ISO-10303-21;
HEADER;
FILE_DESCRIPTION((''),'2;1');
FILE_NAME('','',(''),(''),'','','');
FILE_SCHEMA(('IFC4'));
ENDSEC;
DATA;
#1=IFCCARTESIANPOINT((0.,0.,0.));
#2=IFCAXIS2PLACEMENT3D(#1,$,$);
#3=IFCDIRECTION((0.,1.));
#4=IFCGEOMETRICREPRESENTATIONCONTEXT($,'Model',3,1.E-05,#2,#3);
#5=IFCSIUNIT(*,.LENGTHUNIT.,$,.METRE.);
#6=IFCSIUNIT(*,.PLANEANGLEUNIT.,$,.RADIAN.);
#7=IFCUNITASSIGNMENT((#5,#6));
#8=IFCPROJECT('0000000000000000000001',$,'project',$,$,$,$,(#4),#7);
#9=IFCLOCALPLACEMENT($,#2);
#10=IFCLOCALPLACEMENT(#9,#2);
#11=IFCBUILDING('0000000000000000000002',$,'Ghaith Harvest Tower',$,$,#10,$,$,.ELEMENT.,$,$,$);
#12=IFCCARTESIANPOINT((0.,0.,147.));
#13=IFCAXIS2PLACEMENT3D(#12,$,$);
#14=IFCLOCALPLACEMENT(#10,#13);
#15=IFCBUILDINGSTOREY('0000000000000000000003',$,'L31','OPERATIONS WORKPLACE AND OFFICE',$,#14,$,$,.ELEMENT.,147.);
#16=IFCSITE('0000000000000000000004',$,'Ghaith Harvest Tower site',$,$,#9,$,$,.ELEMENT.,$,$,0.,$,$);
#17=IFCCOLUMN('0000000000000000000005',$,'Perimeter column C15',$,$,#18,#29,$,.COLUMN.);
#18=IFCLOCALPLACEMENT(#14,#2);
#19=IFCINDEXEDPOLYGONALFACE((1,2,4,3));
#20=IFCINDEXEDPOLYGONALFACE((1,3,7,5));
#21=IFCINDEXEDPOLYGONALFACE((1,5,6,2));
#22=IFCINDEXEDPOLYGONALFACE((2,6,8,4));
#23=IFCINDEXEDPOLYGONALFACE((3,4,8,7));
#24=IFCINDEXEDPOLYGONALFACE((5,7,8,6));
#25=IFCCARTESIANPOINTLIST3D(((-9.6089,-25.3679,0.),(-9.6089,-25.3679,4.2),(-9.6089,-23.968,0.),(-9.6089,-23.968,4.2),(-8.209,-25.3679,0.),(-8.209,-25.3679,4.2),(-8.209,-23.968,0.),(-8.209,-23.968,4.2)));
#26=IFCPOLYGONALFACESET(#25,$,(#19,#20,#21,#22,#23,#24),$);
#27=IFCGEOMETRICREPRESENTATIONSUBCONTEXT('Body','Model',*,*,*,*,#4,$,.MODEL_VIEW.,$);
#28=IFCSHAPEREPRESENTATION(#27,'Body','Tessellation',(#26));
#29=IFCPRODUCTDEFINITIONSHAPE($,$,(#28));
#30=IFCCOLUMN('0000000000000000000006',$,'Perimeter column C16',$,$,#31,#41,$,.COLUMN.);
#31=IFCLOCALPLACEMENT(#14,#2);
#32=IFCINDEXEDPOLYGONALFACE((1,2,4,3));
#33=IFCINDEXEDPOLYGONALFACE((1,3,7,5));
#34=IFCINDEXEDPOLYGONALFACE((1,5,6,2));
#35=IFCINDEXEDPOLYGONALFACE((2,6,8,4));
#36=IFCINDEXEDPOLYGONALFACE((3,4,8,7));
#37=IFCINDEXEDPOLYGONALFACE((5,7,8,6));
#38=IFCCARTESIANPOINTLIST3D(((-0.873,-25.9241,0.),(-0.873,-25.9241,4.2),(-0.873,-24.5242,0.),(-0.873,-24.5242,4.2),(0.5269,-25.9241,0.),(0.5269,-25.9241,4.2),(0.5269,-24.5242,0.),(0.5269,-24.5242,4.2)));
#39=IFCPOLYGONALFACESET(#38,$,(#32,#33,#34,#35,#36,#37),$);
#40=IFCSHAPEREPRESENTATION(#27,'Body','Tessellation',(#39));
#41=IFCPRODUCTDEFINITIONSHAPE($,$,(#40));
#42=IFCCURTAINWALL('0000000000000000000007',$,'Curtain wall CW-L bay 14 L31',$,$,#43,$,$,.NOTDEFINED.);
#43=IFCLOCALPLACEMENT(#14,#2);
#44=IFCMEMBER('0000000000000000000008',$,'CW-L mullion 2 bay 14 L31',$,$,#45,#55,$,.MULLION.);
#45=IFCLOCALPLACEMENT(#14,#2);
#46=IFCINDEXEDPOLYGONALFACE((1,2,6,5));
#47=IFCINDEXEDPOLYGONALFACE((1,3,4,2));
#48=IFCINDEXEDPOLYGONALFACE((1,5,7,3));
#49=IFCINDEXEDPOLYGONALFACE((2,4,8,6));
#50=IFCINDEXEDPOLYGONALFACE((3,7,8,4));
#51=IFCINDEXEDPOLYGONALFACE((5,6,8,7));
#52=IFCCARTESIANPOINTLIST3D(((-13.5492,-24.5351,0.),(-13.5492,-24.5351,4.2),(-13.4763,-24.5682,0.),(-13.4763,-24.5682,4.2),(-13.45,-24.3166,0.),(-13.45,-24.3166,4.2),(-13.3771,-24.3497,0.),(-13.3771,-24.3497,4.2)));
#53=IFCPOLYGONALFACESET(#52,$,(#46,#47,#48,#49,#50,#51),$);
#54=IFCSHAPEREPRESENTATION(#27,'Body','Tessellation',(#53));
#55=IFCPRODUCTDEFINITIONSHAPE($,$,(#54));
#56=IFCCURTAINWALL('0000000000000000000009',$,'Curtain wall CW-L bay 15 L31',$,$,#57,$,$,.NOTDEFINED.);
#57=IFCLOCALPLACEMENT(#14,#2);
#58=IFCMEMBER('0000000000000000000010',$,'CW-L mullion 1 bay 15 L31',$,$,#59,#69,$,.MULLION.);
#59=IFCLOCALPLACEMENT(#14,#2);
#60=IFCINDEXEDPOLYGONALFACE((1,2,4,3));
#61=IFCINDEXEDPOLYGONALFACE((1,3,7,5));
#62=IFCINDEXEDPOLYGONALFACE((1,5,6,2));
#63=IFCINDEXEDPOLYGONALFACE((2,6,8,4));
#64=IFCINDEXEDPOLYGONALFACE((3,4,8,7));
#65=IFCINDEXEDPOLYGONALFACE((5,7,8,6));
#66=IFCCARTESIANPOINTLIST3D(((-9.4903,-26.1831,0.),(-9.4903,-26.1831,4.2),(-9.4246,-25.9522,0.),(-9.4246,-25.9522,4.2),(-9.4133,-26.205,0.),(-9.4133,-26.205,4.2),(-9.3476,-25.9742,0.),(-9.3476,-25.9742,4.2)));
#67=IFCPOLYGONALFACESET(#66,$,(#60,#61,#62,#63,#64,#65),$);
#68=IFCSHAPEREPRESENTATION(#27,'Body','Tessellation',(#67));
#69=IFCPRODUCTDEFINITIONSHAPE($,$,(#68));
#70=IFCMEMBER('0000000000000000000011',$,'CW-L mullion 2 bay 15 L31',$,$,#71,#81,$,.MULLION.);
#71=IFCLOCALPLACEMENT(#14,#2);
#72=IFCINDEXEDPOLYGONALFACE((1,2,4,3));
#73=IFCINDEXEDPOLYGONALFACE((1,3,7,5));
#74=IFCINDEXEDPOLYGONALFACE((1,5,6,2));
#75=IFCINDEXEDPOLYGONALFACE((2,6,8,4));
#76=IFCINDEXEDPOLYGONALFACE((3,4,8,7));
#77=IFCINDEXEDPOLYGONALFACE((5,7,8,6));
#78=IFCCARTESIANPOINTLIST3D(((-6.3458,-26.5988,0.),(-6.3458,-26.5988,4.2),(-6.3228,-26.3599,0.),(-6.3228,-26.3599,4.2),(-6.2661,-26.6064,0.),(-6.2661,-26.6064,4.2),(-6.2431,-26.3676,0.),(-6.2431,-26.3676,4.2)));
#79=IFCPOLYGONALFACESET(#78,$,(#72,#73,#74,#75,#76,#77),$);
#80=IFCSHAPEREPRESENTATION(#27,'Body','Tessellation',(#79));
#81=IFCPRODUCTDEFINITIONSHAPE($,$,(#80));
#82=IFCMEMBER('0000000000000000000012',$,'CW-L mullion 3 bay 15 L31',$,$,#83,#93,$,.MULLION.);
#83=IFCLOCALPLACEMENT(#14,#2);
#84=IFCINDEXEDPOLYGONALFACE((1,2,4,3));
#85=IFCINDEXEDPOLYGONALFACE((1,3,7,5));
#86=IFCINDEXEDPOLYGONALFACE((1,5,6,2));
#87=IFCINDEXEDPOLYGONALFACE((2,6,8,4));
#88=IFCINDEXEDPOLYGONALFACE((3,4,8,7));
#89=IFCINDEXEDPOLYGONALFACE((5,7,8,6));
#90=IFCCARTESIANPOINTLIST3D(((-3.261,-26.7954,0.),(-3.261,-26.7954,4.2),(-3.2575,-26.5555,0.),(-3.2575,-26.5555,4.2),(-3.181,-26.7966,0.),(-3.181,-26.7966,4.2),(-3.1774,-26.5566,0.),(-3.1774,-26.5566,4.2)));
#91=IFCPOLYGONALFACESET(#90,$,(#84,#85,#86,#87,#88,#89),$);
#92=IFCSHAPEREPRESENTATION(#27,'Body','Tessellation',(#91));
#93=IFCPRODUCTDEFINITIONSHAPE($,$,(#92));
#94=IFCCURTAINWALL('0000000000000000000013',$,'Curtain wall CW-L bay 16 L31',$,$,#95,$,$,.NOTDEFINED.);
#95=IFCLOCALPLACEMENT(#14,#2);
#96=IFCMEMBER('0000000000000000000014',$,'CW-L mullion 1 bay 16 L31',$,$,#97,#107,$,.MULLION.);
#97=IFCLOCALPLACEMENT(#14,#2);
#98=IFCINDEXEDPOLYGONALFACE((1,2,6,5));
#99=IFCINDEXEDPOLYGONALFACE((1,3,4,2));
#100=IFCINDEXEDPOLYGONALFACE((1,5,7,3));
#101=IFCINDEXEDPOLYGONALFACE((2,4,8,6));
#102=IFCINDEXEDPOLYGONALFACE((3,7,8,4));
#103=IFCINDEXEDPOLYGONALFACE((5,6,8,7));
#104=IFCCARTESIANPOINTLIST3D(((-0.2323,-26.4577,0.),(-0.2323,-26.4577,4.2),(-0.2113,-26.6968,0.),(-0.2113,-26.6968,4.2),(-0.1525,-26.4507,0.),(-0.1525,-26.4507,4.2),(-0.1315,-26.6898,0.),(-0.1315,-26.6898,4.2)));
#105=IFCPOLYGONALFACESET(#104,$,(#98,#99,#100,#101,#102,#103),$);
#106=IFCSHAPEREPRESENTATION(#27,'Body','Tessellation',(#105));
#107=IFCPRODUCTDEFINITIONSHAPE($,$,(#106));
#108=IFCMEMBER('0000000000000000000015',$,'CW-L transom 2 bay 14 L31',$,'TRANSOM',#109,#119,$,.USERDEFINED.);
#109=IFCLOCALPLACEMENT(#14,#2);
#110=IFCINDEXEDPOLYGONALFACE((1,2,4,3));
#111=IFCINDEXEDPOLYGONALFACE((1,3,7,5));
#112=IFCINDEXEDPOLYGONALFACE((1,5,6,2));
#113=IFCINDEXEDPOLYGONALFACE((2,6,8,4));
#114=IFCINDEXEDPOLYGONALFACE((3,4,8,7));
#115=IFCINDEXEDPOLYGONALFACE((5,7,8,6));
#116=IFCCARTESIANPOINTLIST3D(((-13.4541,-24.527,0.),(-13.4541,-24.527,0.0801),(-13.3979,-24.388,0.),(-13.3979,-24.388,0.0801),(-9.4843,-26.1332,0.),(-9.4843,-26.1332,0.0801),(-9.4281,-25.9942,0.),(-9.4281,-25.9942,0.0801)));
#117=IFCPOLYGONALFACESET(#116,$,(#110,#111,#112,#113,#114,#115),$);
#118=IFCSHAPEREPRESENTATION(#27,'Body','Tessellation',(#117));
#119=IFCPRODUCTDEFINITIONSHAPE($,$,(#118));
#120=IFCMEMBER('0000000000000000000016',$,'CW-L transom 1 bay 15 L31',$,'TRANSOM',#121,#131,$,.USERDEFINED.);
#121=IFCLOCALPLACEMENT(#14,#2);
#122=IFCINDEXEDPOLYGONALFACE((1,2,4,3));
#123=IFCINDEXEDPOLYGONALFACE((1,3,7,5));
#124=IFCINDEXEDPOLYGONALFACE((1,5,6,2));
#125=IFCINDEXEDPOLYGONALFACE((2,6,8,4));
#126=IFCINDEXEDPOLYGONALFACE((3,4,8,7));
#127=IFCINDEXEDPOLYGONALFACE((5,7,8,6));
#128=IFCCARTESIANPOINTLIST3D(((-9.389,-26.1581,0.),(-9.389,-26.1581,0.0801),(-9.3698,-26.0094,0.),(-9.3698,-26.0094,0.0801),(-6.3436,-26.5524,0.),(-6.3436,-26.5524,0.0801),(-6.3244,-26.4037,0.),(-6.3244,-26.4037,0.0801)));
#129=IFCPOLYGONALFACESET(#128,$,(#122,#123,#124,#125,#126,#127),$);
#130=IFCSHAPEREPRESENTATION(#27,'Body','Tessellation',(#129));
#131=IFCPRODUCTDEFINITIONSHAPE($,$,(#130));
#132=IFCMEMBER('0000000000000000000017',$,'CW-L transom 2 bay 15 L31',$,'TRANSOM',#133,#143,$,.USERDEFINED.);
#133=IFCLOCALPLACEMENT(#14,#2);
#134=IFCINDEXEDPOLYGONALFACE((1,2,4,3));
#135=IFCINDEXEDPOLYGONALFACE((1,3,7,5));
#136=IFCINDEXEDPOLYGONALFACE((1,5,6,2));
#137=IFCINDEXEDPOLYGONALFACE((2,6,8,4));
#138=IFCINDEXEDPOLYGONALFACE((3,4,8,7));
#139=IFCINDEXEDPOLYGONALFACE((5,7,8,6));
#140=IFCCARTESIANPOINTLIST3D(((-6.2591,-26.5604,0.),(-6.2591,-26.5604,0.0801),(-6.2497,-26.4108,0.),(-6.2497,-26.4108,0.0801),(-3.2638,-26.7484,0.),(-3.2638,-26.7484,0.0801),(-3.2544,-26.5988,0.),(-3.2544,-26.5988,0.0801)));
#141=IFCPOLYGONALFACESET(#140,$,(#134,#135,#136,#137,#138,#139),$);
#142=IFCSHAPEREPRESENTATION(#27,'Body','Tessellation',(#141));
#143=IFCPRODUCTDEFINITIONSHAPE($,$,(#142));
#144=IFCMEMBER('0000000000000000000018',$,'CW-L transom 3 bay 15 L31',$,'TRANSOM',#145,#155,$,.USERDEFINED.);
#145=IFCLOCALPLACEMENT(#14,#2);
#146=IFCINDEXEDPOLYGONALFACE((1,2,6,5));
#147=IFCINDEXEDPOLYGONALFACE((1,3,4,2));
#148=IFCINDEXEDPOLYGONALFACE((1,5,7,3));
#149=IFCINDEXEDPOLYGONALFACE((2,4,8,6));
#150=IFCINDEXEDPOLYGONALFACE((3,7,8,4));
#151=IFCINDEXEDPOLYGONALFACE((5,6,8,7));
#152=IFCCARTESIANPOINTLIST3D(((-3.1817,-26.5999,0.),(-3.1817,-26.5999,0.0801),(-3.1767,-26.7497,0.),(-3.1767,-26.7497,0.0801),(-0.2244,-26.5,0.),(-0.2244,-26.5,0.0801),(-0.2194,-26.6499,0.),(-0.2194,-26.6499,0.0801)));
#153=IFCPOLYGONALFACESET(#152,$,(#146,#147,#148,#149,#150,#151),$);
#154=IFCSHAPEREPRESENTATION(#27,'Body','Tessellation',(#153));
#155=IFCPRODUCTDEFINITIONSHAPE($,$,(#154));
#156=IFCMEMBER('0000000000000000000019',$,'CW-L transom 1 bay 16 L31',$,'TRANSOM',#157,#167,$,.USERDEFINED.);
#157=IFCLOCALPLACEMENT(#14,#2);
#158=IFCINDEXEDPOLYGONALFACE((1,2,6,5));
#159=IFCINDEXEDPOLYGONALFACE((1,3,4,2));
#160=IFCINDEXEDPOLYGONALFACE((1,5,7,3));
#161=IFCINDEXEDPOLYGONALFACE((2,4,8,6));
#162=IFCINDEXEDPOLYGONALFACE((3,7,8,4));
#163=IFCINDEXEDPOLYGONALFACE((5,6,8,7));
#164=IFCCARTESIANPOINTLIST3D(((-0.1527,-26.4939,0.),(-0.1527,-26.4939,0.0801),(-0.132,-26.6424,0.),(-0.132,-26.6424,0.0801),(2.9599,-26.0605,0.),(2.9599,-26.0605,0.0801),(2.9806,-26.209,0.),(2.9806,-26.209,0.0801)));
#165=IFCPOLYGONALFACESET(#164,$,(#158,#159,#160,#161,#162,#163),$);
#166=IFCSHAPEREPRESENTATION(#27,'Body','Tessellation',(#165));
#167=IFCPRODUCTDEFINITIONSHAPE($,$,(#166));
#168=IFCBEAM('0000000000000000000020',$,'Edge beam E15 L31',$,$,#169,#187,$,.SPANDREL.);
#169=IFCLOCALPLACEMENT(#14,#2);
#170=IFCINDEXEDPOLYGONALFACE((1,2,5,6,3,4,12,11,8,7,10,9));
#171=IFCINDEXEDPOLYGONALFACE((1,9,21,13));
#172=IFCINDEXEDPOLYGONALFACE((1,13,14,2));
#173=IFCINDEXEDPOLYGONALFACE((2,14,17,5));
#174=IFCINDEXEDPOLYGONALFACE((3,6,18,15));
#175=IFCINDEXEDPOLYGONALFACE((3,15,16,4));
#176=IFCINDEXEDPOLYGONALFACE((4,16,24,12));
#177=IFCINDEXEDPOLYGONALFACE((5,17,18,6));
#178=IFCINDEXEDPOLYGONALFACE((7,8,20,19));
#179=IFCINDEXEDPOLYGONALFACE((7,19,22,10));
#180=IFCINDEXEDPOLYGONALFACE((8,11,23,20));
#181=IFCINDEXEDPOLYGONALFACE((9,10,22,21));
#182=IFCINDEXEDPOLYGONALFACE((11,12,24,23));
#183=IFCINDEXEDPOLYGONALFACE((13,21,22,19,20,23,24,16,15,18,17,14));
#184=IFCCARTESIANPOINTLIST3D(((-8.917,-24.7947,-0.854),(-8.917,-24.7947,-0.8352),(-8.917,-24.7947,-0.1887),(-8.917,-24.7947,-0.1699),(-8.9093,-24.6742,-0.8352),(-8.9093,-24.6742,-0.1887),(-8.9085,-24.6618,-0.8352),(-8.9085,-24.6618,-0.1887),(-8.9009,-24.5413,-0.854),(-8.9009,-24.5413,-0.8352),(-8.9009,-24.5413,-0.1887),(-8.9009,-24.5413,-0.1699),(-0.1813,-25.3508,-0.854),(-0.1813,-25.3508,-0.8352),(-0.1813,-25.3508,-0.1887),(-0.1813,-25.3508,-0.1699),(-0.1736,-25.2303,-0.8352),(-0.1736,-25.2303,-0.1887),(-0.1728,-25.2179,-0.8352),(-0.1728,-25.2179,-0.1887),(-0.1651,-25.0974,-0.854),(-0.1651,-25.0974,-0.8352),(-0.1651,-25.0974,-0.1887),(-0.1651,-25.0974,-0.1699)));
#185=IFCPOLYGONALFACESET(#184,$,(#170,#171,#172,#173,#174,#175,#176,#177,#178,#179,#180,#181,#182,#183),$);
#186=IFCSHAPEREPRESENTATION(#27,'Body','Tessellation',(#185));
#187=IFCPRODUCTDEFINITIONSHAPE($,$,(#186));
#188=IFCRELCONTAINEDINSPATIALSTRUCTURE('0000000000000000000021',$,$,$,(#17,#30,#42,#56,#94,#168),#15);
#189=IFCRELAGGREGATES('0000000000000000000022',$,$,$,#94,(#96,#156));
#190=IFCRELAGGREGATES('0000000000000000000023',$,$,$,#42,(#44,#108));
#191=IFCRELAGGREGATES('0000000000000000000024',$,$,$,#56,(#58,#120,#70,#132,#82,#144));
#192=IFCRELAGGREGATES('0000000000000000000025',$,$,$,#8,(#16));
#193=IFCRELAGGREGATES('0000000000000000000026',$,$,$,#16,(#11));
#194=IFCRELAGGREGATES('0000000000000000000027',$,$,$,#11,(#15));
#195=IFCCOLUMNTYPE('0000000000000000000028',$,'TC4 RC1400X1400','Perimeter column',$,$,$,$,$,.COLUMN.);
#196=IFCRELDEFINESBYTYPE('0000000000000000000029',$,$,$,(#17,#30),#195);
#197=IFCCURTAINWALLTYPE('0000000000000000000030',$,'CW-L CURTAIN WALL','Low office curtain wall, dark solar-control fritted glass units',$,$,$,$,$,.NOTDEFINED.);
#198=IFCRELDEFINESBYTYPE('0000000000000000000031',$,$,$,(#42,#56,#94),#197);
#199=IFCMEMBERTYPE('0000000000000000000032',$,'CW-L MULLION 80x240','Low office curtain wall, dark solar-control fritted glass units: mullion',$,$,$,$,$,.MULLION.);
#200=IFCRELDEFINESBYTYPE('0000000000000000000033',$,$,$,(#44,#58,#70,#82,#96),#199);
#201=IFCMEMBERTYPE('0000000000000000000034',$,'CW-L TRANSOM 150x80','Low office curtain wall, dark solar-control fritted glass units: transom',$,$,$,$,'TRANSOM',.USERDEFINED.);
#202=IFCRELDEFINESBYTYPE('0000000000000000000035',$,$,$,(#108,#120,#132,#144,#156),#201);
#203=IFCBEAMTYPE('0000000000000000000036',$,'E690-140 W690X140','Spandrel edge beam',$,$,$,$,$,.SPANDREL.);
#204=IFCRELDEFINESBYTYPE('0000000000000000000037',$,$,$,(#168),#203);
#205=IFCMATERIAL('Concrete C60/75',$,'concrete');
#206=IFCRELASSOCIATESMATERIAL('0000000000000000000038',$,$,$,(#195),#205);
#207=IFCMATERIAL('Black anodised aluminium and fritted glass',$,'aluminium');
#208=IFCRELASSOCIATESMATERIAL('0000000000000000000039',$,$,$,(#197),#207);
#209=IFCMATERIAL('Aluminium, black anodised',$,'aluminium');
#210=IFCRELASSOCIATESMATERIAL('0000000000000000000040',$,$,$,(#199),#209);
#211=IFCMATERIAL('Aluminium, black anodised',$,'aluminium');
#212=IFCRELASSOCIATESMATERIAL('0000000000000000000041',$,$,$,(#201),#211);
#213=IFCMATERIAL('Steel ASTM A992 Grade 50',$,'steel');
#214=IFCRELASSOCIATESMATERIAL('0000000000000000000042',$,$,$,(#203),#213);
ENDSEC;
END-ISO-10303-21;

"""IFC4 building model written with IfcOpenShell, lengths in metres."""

from ifc_helpers import new_model, si_unit, direction, frame, origin, origin_2d, place, context, subcontext, project, spatial, rectangle, i_section, extrude, material, material_profile, profile_set, type_object, element, aggregate, save


model = new_model("IFC4")

# Units and contexts
model_context = context("Model", 3, precision=1e-05, world=origin(), true_north=direction((0.0, 1.0)))
body_context = subcontext(model_context, "Body", "Model", "MODEL_VIEW")
ifc_project = project(units=[si_unit("LENGTHUNIT", "METRE"), si_unit("PLANEANGLEUNIT", "RADIAN")], contexts=[model_context])

# Site, building, storey
site_placement = place(None, origin())
site = spatial("IfcSite", under=ifc_project, at=site_placement, Name="Ghaith Harvest Tower site", CompositionType="ELEMENT", RefElevation=0.0)
building_placement = place(site_placement, origin())
building = spatial("IfcBuilding", under=site, at=building_placement, Name="Ghaith Harvest Tower", CompositionType="ELEMENT")
storey_placement = place(building_placement, frame((0.0, 0.0, 147.0)))
storey = spatial("IfcBuildingStorey", under=building, at=storey_placement, Name="L31", Description="OPERATIONS WORKPLACE AND OFFICE", CompositionType="ELEMENT", Elevation=147.0)

# Columns
ifc_material_1 = material(Name="Concrete C60/75", Category="concrete")
ifc_material_profile_1 = material_profile(ifc_material_1, rectangle(XDim=1.3999, YDim=1.3999, at=origin_2d()), Name="RC1400X1400")
ifc_profile_set_1 = profile_set([ifc_material_profile_1], Name="Concrete C60/75")
column_type = type_object("IfcColumnType", Name="TC4 RC1400X1400", Description="Perimeter column", PredefinedType="COLUMN", material=ifc_profile_set_1)
for number, where, z_axis, x_axis, name in (
    (1, (-8.9089, -24.668, 0.0), (0.0, 0.0, 1.0), (1.0, 0.0, 0.0), "Perimeter column C15"),
    (2, (-0.1731, -25.2241, 0.0), (0.0, 0.0, 1.0), (1.0, 0.0, 0.0), "Perimeter column C16"),
):
    element("IfcColumn", number, at=place(storey_placement, frame(where, z_axis=z_axis, x_axis=x_axis)), inside=storey, type_object=column_type, Name=name, PredefinedType="COLUMN", context=body_context, shape_type="SweptSolid", body=[
        extrude(rectangle(XDim=1.3999, YDim=1.3999, at=origin_2d()), origin(), (0.0, 0.0, 1.0), 4.2),
    ])

# Curtain wall, member
ifc_material_2 = material(Name="Black anodised aluminium and fritted glass", Category="aluminium")
curtain_wall_type = type_object("IfcCurtainWallType", Name="CW-L CURTAIN WALL", Description="Low office curtain wall, dark solar-control fritted glass units", PredefinedType="NOTDEFINED", material=ifc_material_2)
curtain_wall_1_placement = place(storey_placement, origin())
curtain_wall_1 = element("IfcCurtainWall", 3, at=curtain_wall_1_placement, inside=storey, type_object=curtain_wall_type, Name="Curtain wall CW-L bay 14 L31", PredefinedType="NOTDEFINED")
ifc_material_3 = material(Name="Aluminium, black anodised", Category="aluminium")
ifc_material_profile_2 = material_profile(ifc_material_3, rectangle(XDim=0.0801, YDim=0.24, at=origin_2d()), Name="CW-L MULLION 80x240")
ifc_profile_set_2 = profile_set([ifc_material_profile_2], Name="Aluminium, black anodised")
member_type_1 = type_object("IfcMemberType", Name="CW-L MULLION 80x240", Description="Low office curtain wall, dark solar-control fritted glass units: mullion", PredefinedType="MULLION", material=ifc_profile_set_2)
member_1_placement = place(storey_placement, frame((-13.4631, -24.4424, 0.0), z_axis=(0.0, 0.0, 1.0), x_axis=(0.910648, -0.413183, 0.0)))
member_1 = element("IfcMember", 4, at=member_1_placement, type_object=member_type_1, Name="CW-L mullion 2 bay 14 L31", PredefinedType="MULLION", context=body_context, shape_type="SweptSolid", body=[
    extrude(rectangle(XDim=0.0801, YDim=0.24, at=origin_2d()), origin(), (0.0, 0.0, 1.0), 4.2),
])

# Curtain wall, members
curtain_wall_2_placement = place(storey_placement, origin())
curtain_wall_2 = element("IfcCurtainWall", 5, at=curtain_wall_2_placement, inside=storey, type_object=curtain_wall_type, Name="Curtain wall CW-L bay 15 L31", PredefinedType="NOTDEFINED")
member_2_placement = place(storey_placement, frame((-9.4189, -26.0786, 0.0), z_axis=(0.0, 0.0, 1.0), x_axis=(0.961789, -0.273793, 0.0)))
member_2 = element("IfcMember", 6, at=member_2_placement, type_object=member_type_1, Name="CW-L mullion 1 bay 15 L31", PredefinedType="MULLION", context=body_context, shape_type="SweptSolid", body=[
    extrude(rectangle(XDim=0.0801, YDim=0.24, at=origin_2d()), origin(), (0.0, 0.0, 1.0), 4.2),
])
member_3_placement = place(storey_placement, frame((-6.2944, -26.4832, 0.0), z_axis=(0.0, 0.0, 1.0), x_axis=(0.995389, -0.095918, 0.0)))
member_3 = element("IfcMember", 7, at=member_3_placement, type_object=member_type_1, Name="CW-L mullion 2 bay 15 L31", PredefinedType="MULLION", context=body_context, shape_type="SweptSolid", body=[
    extrude(rectangle(XDim=0.0801, YDim=0.24, at=origin_2d()), origin(), (0.0, 0.0, 1.0), 4.2),
])
member_4_placement = place(storey_placement, frame((-3.2192, -26.676, 0.0), z_axis=(0.0, 0.0, 1.0), x_axis=(0.999891, -0.014796, 0.0)))
member_4 = element("IfcMember", 8, at=member_4_placement, type_object=member_type_1, Name="CW-L mullion 3 bay 15 L31", PredefinedType="MULLION", context=body_context, shape_type="SweptSolid", body=[
    extrude(rectangle(XDim=0.0801, YDim=0.24, at=origin_2d()), origin(), (0.0, 0.0, 1.0), 4.2),
])

# Curtain wall, member
curtain_wall_3_placement = place(storey_placement, origin())
curtain_wall_3 = element("IfcCurtainWall", 9, at=curtain_wall_3_placement, inside=storey, type_object=curtain_wall_type, Name="Curtain wall CW-L bay 16 L31", PredefinedType="NOTDEFINED")
member_5_placement = place(storey_placement, frame((-0.1819, -26.5737, 0.0), z_axis=(0.0, 0.0, 1.0), x_axis=(0.996169, 0.087446, 0.0)))
member_5 = element("IfcMember", 10, at=member_5_placement, type_object=member_type_1, Name="CW-L mullion 1 bay 16 L31", PredefinedType="MULLION", context=body_context, shape_type="SweptSolid", body=[
    extrude(rectangle(XDim=0.0801, YDim=0.24, at=origin_2d()), origin(), (0.0, 0.0, 1.0), 4.2),
])

# Members
ifc_material_4 = material(Name="Aluminium, black anodised", Category="aluminium")
ifc_material_profile_3 = material_profile(ifc_material_4, rectangle(XDim=0.1499, YDim=0.0801, at=origin_2d()), Name="CW-L TRANSOM 150x80")
ifc_profile_set_3 = profile_set([ifc_material_profile_3], Name="Aluminium, black anodised")
member_type_2 = type_object("IfcMemberType", Name="CW-L TRANSOM 150x80", Description="Low office curtain wall, dark solar-control fritted glass units: transom", ElementType="TRANSOM", PredefinedType="USERDEFINED", material=ifc_profile_set_3)
member_6_placement = place(storey_placement, frame((-13.426, -24.4575, 0.04), z_axis=(0.927003, -0.375054, 0.0), x_axis=(0.375054, 0.927003, 0.0)))
member_6 = element("IfcMember", 11, at=member_6_placement, type_object=member_type_2, Name="CW-L transom 2 bay 14 L31", ObjectType="TRANSOM", PredefinedType="USERDEFINED", context=body_context, shape_type="SweptSolid", body=[
    extrude(rectangle(XDim=0.1499, YDim=0.0801, at=origin_2d()), origin(), (0.0, 0.0, 1.0), 4.2825),
])
member_7_placement = place(storey_placement, frame((-9.3794, -26.0837, 0.04), z_axis=(0.991723, -0.128398, 0.0), x_axis=(0.128398, 0.991723, 0.0)))
member_7 = element("IfcMember", 12, at=member_7_placement, type_object=member_type_2, Name="CW-L transom 1 bay 15 L31", ObjectType="TRANSOM", PredefinedType="USERDEFINED", context=body_context, shape_type="SweptSolid", body=[
    extrude(rectangle(XDim=0.1499, YDim=0.0801, at=origin_2d()), origin(), (0.0, 0.0, 1.0), 3.0708),
])
member_8_placement = place(storey_placement, frame((-6.2544, -26.4856, 0.04), z_axis=(0.998036, -0.062637, 0.0), x_axis=(0.062637, 0.998036, 0.0)))
member_8 = element("IfcMember", 13, at=member_8_placement, type_object=member_type_2, Name="CW-L transom 2 bay 15 L31", ObjectType="TRANSOM", PredefinedType="USERDEFINED", context=body_context, shape_type="SweptSolid", body=[
    extrude(rectangle(XDim=0.1499, YDim=0.0801, at=origin_2d()), origin(), (0.0, 0.0, 1.0), 3.0012),
])
member_9_placement = place(storey_placement, frame((-3.1792, -26.6748, 0.04), z_axis=(0.99943, 0.033746, 0.0), x_axis=(-0.033746, 0.99943, 0.0)))
member_9 = element("IfcMember", 14, at=member_9_placement, type_object=member_type_2, Name="CW-L transom 3 bay 15 L31", ObjectType="TRANSOM", PredefinedType="USERDEFINED", context=body_context, shape_type="SweptSolid", body=[
    extrude(rectangle(XDim=0.1499, YDim=0.0801, at=origin_2d()), origin(), (0.0, 0.0, 1.0), 2.959),
])
member_10_placement = place(storey_placement, frame((-0.1423, -26.5681, 0.04), z_axis=(0.990447, 0.137897, 0.0), x_axis=(-0.137897, 0.990447, 0.0)))
member_10 = element("IfcMember", 15, at=member_10_placement, type_object=member_type_2, Name="CW-L transom 1 bay 16 L31", ObjectType="TRANSOM", PredefinedType="USERDEFINED", context=body_context, shape_type="SweptSolid", body=[
    extrude(rectangle(XDim=0.1499, YDim=0.0801, at=origin_2d()), origin(), (0.0, 0.0, 1.0), 3.1426),
])
aggregate(curtain_wall_3, [member_5, member_10])

# Beam
ifc_material_5 = material(Name="Steel ASTM A992 Grade 50", Category="steel")
ifc_material_profile_4 = material_profile(ifc_material_5, i_section(OverallWidth=0.2539, OverallDepth=0.6841, WebThickness=0.0125, FlangeThickness=0.0188, at=origin_2d()), Name="W690X140")
ifc_profile_set_4 = profile_set([ifc_material_profile_4], Name="Steel ASTM A992 Grade 50")
beam_type = type_object("IfcBeamType", Name="E690-140 W690X140", Description="Spandrel edge beam", PredefinedType="SPANDREL", material=ifc_profile_set_4)
beam_1_placement = place(storey_placement, frame((-8.9089, -24.668, -0.512), z_axis=(0.99798, -0.063535, 0.0), x_axis=(0.063535, 0.99798, 0.0)))
element("IfcBeam", 16, at=beam_1_placement, inside=storey, type_object=beam_type, Name="Edge beam E15 L31", PredefinedType="SPANDREL", context=body_context, shape_type="SweptSolid", body=[
    extrude(i_section(OverallWidth=0.2539, OverallDepth=0.6841, WebThickness=0.0125, FlangeThickness=0.0188, at=origin_2d()), origin(), (0.0, 0.0, 1.0), 8.7534),
])

aggregate(curtain_wall_1, [member_1, member_6])
aggregate(curtain_wall_2, [member_2, member_7, member_3, member_8, member_4, member_9])

save(model, "model.ifc")
